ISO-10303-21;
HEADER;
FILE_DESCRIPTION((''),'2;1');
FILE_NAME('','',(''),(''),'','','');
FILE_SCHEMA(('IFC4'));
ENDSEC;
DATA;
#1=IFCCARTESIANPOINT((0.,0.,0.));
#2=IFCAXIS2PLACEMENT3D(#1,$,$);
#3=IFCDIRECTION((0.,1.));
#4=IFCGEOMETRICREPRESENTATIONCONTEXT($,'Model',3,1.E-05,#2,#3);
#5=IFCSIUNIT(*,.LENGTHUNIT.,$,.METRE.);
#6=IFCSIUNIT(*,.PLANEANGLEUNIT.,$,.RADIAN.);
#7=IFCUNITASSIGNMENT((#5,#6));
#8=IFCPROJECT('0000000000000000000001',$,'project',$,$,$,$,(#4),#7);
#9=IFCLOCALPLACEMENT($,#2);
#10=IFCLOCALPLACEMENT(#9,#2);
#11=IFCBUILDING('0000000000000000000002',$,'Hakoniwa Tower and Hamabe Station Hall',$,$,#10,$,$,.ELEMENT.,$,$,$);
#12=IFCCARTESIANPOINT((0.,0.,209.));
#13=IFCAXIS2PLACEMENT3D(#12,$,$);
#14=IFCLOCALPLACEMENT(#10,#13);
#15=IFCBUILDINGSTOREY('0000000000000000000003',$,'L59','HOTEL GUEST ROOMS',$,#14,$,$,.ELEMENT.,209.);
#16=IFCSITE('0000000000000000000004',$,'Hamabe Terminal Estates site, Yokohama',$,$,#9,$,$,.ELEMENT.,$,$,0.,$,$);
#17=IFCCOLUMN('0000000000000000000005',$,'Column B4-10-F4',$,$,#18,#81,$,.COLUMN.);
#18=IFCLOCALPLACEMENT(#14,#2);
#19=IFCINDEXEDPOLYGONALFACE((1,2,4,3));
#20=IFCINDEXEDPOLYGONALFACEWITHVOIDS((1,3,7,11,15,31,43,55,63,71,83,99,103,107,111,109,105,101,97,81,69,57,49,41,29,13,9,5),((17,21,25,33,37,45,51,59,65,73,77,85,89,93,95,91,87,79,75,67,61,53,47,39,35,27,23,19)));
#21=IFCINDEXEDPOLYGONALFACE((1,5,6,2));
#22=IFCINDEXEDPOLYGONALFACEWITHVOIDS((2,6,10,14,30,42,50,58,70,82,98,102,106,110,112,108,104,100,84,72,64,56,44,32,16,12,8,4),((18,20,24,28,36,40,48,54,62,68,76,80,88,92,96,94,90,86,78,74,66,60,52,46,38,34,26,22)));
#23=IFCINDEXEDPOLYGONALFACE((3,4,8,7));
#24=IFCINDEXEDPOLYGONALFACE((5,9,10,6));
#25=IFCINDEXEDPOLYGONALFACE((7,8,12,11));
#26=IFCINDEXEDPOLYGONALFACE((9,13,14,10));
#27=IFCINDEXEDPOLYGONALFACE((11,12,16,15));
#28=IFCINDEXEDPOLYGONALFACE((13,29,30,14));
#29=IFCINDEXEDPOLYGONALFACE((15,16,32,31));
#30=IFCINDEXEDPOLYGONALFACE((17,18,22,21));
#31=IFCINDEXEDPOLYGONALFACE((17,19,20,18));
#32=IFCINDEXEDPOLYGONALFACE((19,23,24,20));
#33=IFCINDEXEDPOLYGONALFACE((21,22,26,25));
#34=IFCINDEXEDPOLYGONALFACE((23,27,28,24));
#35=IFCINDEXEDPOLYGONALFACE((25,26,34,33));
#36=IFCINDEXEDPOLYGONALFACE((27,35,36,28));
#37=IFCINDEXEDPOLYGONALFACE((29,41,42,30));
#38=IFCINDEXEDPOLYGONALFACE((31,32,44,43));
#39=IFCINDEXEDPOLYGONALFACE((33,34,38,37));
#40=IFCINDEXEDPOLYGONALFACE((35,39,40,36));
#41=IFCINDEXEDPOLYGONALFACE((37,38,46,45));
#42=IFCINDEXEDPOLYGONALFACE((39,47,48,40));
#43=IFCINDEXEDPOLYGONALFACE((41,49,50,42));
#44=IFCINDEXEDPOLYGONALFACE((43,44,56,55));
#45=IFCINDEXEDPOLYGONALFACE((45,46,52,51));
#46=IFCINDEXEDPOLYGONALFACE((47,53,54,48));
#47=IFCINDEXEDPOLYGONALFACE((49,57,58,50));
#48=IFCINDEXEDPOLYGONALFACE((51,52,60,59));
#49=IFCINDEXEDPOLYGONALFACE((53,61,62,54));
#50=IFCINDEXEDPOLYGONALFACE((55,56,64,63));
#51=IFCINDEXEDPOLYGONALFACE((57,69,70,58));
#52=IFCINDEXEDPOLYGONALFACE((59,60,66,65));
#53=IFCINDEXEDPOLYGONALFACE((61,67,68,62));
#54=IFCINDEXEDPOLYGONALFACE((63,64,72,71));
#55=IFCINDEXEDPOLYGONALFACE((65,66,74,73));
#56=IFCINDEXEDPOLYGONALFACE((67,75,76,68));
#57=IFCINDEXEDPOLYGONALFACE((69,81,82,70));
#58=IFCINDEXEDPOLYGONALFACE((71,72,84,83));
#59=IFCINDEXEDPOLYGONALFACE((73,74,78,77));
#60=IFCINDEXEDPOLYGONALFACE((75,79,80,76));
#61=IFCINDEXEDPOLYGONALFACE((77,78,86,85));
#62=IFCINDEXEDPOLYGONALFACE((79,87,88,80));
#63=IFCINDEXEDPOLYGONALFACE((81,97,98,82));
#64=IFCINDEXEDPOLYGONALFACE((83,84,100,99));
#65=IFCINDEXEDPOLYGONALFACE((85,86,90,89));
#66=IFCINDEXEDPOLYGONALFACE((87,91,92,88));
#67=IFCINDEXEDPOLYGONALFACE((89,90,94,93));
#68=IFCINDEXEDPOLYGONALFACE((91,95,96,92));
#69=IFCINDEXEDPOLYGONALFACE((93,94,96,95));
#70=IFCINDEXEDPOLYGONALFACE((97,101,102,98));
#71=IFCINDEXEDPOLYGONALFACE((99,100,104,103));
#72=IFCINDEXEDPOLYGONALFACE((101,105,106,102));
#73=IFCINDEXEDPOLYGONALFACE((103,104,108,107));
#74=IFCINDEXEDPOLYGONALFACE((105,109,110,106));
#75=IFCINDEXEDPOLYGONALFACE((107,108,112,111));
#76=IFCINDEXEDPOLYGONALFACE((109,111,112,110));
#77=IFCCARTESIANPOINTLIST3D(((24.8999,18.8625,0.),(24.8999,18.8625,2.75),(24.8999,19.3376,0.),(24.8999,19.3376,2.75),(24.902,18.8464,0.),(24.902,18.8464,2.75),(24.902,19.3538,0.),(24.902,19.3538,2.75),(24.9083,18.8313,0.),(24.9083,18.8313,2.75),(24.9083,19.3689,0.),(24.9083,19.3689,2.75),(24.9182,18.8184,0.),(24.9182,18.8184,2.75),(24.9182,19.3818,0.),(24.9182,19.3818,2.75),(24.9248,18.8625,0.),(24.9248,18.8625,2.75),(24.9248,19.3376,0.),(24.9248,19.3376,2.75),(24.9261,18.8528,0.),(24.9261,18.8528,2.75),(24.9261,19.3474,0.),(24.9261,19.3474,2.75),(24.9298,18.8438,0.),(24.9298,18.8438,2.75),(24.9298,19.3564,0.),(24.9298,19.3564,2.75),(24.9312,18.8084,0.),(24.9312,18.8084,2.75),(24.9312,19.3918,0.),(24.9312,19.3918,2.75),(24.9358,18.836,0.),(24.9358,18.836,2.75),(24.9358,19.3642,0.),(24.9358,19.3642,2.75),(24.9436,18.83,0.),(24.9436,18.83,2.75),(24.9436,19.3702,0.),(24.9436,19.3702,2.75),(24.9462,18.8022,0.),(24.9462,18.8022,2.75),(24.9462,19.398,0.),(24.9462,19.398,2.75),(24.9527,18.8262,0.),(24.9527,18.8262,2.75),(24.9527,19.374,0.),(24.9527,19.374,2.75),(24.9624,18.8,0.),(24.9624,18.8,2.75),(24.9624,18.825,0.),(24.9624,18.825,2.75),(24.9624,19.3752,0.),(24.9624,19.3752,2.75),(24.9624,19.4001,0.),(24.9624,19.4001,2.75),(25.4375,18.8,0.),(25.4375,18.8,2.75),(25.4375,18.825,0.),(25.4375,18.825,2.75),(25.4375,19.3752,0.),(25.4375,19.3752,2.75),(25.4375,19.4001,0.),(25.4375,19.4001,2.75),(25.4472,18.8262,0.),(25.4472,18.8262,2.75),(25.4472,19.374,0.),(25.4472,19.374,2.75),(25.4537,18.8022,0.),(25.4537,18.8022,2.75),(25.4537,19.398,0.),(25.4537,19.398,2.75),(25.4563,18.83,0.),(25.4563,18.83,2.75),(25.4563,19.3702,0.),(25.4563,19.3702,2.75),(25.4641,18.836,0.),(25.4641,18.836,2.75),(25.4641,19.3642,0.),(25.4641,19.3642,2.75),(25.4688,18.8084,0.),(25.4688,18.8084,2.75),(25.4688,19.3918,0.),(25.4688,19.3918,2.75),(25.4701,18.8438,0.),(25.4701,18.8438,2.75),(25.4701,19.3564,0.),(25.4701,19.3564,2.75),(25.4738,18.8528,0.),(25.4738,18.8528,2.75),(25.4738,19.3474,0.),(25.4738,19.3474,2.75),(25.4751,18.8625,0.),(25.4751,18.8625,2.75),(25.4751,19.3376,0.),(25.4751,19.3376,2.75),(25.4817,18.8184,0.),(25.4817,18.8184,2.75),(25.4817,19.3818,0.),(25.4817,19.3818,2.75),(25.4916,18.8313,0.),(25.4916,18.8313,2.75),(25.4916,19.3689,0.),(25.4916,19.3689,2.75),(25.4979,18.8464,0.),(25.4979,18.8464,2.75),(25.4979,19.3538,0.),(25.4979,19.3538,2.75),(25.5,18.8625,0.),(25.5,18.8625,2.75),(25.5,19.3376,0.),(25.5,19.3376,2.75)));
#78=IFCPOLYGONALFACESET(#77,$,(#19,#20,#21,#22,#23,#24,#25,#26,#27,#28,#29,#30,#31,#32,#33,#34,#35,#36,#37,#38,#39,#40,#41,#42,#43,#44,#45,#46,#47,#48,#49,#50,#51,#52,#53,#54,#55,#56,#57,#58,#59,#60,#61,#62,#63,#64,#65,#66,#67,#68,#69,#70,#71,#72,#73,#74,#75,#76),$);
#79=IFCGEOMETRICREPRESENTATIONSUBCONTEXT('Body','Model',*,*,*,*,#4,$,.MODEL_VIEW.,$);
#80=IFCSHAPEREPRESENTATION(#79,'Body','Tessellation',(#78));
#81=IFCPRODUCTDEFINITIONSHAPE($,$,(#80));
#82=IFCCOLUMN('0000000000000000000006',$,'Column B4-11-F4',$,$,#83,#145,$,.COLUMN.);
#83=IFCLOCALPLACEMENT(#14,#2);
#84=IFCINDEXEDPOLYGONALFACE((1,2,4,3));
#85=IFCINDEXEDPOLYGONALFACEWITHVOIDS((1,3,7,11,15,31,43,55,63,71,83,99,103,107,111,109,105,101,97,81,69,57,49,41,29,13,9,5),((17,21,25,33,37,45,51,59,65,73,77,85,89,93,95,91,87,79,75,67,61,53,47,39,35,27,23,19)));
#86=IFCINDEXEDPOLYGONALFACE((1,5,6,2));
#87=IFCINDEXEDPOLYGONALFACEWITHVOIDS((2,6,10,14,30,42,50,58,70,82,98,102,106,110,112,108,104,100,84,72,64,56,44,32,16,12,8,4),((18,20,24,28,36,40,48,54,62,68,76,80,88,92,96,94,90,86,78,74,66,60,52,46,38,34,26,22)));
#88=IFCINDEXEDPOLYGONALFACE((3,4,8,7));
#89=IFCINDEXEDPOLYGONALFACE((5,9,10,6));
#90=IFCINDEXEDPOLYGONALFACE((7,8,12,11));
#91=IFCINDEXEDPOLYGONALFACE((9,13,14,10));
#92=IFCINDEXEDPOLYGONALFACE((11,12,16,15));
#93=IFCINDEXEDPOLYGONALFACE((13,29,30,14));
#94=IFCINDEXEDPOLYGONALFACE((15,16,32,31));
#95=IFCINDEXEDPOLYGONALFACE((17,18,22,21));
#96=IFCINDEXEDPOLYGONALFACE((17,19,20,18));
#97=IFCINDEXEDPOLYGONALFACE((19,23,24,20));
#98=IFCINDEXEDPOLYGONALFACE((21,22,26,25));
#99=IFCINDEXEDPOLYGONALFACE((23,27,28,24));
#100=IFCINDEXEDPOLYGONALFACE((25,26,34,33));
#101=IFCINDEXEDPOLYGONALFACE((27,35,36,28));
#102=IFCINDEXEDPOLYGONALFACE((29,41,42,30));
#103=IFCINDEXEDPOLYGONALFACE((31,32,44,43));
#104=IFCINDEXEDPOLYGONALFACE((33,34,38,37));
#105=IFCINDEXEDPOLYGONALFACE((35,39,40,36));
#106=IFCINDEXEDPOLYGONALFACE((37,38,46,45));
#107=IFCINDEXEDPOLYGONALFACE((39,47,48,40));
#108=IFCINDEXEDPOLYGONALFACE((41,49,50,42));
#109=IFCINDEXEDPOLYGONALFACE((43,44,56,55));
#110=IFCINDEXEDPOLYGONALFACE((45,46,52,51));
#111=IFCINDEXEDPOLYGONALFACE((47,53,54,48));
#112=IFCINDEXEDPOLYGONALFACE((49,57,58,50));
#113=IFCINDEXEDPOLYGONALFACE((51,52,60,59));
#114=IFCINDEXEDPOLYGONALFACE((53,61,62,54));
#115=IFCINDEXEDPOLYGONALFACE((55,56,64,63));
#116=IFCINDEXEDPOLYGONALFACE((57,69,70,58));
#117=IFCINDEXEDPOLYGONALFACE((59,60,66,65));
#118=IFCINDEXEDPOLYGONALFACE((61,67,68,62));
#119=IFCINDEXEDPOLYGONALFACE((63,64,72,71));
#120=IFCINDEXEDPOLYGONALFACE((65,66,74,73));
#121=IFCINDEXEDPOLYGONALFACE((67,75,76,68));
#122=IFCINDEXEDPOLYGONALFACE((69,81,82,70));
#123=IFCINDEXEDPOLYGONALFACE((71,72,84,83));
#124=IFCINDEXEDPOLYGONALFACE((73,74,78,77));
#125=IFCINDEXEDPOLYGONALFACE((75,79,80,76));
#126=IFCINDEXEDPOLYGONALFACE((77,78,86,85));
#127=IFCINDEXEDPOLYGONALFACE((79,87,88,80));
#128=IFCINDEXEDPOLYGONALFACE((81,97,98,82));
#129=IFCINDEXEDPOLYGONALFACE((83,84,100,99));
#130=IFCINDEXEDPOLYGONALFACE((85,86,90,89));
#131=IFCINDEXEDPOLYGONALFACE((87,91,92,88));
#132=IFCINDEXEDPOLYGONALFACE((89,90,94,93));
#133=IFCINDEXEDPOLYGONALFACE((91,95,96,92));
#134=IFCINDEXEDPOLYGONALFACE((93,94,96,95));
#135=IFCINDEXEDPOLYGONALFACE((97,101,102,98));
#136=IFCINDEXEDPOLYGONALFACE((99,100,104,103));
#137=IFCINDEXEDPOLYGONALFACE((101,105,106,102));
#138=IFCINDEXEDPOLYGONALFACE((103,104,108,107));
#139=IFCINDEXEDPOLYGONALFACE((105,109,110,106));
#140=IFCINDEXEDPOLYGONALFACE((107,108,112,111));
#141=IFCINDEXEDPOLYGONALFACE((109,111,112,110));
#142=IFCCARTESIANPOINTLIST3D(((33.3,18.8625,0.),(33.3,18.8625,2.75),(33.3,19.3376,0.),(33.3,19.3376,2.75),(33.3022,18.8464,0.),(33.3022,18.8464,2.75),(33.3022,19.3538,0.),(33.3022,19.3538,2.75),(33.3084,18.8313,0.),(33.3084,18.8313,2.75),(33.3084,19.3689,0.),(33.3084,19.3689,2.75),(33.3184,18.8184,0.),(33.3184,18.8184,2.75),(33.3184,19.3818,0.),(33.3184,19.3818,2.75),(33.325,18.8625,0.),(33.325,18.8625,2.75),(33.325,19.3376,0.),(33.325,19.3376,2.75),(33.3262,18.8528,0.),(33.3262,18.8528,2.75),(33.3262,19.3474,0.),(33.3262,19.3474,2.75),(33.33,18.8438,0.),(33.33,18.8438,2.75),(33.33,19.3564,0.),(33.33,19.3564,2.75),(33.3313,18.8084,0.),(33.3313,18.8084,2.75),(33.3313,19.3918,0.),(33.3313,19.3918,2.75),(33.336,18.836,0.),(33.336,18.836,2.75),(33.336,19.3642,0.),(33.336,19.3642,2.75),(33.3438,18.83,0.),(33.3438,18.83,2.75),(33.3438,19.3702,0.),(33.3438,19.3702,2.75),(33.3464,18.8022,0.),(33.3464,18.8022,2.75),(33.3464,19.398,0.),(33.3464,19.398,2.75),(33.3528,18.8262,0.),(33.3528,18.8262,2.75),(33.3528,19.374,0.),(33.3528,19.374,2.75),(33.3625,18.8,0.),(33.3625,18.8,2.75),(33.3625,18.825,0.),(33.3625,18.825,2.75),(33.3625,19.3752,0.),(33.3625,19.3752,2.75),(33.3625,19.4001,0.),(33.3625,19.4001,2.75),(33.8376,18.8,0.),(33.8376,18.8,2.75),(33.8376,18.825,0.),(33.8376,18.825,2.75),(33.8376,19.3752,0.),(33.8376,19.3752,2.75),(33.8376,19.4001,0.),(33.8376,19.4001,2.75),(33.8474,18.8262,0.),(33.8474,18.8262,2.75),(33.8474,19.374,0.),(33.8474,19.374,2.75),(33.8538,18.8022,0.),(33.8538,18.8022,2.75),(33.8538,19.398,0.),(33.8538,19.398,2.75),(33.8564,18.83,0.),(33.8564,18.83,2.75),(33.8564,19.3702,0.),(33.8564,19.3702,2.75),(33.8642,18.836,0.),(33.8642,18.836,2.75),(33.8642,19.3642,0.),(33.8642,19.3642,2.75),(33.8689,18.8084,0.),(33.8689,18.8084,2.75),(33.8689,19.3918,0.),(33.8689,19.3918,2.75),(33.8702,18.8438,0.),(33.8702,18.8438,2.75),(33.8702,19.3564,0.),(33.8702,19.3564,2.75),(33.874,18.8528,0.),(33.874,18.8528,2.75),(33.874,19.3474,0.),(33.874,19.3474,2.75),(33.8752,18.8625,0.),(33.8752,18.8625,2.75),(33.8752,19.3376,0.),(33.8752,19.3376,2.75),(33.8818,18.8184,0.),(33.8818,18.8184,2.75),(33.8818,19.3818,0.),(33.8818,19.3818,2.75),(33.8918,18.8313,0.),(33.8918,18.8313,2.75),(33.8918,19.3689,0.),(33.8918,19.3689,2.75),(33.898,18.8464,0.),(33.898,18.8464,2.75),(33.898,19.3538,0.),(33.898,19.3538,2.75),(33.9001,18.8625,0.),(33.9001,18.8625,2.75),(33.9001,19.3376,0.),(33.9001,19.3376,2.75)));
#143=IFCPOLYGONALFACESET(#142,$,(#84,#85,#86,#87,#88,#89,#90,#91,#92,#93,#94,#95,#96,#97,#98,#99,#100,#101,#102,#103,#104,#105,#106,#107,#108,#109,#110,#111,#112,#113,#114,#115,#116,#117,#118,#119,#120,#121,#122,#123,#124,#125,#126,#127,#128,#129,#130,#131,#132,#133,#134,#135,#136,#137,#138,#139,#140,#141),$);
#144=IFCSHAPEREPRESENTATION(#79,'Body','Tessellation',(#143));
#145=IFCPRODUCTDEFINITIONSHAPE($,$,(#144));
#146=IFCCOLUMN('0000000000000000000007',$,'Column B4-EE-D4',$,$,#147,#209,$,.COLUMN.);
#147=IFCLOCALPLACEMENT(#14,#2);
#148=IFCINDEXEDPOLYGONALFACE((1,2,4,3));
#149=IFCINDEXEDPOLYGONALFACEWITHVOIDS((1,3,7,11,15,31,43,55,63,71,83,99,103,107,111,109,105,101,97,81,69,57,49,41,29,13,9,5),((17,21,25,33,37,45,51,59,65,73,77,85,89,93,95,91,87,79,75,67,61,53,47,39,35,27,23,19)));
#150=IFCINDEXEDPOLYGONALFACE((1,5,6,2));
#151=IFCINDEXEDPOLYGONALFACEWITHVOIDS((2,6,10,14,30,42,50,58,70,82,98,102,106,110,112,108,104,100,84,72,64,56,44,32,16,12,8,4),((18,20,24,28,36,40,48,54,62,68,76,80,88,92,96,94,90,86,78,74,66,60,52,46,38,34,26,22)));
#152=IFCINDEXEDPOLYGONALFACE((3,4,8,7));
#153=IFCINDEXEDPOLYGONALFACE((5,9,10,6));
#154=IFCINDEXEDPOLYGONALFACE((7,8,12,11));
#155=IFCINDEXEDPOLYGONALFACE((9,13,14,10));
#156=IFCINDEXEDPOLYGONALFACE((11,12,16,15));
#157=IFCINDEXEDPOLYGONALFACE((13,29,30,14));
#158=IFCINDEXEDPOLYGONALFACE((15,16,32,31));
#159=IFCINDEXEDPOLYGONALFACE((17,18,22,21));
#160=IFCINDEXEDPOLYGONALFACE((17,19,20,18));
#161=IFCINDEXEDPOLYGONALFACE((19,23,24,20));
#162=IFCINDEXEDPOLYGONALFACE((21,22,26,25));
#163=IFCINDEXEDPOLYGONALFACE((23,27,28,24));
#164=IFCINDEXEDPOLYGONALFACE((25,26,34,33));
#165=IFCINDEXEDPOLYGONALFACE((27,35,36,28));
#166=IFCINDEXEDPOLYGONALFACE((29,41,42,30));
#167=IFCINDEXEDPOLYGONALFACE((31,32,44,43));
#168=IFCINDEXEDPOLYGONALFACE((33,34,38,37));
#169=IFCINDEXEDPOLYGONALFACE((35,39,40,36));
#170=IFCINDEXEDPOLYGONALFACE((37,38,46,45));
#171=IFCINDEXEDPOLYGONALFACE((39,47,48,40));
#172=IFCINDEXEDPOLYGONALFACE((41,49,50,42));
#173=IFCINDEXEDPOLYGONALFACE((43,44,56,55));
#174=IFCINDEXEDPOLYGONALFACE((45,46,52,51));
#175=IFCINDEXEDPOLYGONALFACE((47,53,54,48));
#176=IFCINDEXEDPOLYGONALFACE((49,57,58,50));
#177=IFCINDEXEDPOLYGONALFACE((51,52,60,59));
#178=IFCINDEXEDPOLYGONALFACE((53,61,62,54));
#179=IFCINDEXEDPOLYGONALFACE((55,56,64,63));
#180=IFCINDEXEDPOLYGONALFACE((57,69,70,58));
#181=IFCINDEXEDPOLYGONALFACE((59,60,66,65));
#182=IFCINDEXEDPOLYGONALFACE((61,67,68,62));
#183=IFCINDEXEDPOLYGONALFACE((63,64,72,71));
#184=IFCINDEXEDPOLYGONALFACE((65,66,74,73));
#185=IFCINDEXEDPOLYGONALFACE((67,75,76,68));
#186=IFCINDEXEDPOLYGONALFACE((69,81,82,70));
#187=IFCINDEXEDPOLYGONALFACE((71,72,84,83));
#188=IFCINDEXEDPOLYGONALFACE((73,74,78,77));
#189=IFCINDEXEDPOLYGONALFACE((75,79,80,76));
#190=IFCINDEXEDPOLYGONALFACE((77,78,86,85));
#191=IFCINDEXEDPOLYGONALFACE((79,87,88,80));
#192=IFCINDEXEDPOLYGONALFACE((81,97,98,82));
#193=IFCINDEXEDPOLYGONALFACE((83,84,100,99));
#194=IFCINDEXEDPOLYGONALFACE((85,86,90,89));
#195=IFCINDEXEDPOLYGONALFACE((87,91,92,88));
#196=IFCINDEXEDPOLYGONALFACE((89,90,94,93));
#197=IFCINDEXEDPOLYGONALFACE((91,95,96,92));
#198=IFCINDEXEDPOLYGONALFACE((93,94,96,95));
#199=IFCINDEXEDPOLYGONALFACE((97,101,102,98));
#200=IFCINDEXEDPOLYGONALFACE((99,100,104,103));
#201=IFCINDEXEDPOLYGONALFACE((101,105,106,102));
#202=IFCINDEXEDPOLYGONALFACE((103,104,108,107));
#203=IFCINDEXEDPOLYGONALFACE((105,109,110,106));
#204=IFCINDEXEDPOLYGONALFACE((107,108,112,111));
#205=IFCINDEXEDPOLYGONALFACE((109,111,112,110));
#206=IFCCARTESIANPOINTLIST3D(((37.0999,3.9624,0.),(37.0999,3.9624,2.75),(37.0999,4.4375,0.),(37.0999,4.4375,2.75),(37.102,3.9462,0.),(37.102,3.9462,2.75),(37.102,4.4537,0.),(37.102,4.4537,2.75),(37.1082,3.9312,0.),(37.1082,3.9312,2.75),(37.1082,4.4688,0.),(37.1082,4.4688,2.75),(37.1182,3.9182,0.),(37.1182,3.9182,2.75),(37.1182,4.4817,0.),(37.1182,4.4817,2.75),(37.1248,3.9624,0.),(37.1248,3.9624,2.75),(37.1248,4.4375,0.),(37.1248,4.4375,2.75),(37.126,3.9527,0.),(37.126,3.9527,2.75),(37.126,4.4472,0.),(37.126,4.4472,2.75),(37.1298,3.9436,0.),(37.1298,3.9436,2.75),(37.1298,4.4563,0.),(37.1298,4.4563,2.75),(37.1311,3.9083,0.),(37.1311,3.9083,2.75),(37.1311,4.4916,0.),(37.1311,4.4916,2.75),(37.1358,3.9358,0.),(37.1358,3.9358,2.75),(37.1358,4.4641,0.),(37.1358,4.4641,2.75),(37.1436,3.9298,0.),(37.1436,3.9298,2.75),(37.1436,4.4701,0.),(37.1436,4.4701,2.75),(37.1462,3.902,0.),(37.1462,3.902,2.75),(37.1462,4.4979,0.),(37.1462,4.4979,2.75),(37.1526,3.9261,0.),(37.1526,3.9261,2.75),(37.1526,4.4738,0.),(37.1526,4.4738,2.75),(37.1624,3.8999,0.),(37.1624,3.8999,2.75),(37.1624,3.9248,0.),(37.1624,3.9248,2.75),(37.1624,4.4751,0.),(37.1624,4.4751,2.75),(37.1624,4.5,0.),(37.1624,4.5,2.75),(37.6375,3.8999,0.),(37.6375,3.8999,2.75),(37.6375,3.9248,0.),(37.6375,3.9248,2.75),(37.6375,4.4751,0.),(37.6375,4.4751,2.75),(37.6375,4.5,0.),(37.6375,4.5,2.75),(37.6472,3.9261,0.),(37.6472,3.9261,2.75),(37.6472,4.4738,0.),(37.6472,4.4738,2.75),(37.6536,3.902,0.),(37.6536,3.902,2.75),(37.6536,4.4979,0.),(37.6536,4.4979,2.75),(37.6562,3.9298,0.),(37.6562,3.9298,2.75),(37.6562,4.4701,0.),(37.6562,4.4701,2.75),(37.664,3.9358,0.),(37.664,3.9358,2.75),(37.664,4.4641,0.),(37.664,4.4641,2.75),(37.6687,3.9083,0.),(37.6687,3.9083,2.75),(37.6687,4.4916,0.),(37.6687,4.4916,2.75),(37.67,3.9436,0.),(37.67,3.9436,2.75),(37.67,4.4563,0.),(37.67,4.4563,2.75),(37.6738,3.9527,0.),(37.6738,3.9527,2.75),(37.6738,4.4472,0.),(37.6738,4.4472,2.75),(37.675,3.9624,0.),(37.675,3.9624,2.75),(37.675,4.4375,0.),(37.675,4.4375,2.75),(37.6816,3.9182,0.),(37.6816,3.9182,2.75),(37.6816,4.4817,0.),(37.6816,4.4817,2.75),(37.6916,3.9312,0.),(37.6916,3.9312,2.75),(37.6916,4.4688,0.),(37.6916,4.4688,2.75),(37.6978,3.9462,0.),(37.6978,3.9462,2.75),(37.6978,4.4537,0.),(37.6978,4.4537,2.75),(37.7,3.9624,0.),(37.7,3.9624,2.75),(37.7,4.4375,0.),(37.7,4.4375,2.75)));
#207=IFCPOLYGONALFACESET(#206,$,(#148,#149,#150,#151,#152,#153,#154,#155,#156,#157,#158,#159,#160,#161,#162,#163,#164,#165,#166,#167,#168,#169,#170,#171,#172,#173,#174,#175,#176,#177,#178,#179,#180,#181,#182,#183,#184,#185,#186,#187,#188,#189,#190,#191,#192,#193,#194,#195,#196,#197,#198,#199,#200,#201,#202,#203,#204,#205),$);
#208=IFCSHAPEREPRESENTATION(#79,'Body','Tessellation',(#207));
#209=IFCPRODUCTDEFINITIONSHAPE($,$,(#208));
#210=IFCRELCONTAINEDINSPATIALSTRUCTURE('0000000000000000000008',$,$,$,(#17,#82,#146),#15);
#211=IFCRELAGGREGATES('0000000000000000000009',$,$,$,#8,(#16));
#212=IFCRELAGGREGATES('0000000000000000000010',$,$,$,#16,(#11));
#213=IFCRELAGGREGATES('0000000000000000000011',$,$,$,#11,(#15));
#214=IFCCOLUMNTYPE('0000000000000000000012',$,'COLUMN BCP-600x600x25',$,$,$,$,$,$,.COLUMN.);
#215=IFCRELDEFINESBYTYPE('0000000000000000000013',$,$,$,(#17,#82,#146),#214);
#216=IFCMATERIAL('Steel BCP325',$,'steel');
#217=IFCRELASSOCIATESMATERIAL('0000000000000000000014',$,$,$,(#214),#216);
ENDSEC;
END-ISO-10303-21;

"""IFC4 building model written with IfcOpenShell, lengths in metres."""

from ifc_helpers import new_model, si_unit, direction, frame, origin, origin_2d, place, context, subcontext, project, spatial, hollow_rectangle, extrude, material, material_profile, profile_set, type_object, element, save


model = new_model("IFC4")

# Units and contexts
model_context = context("Model", 3, precision=1e-05, world=origin(), true_north=direction((0.0, 1.0)))
body_context = subcontext(model_context, "Body", "Model", "MODEL_VIEW")
ifc_project = project(units=[si_unit("LENGTHUNIT", "METRE"), si_unit("PLANEANGLEUNIT", "RADIAN")], contexts=[model_context])

# Site, building, storey
site_placement = place(None, origin())
site = spatial("IfcSite", under=ifc_project, at=site_placement, Name="Hamabe Terminal Estates site, Yokohama", CompositionType="ELEMENT", RefElevation=0.0)
building_placement = place(site_placement, origin())
building = spatial("IfcBuilding", under=site, at=building_placement, Name="Hakoniwa Tower and Hamabe Station Hall", CompositionType="ELEMENT")
storey_placement = place(building_placement, frame((0.0, 0.0, 209.0)))
storey = spatial("IfcBuildingStorey", under=building, at=storey_placement, Name="L59", Description="HOTEL GUEST ROOMS", CompositionType="ELEMENT", Elevation=209.0)

# Columns
ifc_material_1 = material(Name="Steel BCP325", Category="steel")
ifc_material_profile_1 = material_profile(ifc_material_1, hollow_rectangle(XDim=0.6001, YDim=0.6001, WallThickness=0.0249, InnerFilletRadius=0.0376, OuterFilletRadius=0.0625, at=origin_2d()), Name="BCP-600x600x25")
ifc_profile_set_1 = profile_set([ifc_material_profile_1], Name="Steel BCP325")
column_type = type_object("IfcColumnType", Name="COLUMN BCP-600x600x25", PredefinedType="COLUMN", material=ifc_profile_set_1)
for number, where, z_axis, x_axis, name in (
    (1, (25.2, 19.1001, 0.0), (0.0, 0.0, 1.0), (1.0, 0.0, 0.0), "Column B4-10-F4"),
    (2, (33.6001, 19.1001, 0.0), (0.0, 0.0, 1.0), (1.0, 0.0, 0.0), "Column B4-11-F4"),
    (3, (37.3999, 4.2, 0.0), (0.0, 0.0, 1.0), (1.0, 0.0, 0.0), "Column B4-EE-D4"),
):
    element("IfcColumn", number, at=place(storey_placement, frame(where, z_axis=z_axis, x_axis=x_axis)), inside=storey, type_object=column_type, Name=name, PredefinedType="COLUMN", context=body_context, shape_type="SweptSolid", body=[
        extrude(hollow_rectangle(XDim=0.6001, YDim=0.6001, WallThickness=0.0249, InnerFilletRadius=0.0376, OuterFilletRadius=0.0625, at=origin_2d()), origin(), (0.0, 0.0, 1.0), 2.75),
    ])

save(model, "model.ifc")
